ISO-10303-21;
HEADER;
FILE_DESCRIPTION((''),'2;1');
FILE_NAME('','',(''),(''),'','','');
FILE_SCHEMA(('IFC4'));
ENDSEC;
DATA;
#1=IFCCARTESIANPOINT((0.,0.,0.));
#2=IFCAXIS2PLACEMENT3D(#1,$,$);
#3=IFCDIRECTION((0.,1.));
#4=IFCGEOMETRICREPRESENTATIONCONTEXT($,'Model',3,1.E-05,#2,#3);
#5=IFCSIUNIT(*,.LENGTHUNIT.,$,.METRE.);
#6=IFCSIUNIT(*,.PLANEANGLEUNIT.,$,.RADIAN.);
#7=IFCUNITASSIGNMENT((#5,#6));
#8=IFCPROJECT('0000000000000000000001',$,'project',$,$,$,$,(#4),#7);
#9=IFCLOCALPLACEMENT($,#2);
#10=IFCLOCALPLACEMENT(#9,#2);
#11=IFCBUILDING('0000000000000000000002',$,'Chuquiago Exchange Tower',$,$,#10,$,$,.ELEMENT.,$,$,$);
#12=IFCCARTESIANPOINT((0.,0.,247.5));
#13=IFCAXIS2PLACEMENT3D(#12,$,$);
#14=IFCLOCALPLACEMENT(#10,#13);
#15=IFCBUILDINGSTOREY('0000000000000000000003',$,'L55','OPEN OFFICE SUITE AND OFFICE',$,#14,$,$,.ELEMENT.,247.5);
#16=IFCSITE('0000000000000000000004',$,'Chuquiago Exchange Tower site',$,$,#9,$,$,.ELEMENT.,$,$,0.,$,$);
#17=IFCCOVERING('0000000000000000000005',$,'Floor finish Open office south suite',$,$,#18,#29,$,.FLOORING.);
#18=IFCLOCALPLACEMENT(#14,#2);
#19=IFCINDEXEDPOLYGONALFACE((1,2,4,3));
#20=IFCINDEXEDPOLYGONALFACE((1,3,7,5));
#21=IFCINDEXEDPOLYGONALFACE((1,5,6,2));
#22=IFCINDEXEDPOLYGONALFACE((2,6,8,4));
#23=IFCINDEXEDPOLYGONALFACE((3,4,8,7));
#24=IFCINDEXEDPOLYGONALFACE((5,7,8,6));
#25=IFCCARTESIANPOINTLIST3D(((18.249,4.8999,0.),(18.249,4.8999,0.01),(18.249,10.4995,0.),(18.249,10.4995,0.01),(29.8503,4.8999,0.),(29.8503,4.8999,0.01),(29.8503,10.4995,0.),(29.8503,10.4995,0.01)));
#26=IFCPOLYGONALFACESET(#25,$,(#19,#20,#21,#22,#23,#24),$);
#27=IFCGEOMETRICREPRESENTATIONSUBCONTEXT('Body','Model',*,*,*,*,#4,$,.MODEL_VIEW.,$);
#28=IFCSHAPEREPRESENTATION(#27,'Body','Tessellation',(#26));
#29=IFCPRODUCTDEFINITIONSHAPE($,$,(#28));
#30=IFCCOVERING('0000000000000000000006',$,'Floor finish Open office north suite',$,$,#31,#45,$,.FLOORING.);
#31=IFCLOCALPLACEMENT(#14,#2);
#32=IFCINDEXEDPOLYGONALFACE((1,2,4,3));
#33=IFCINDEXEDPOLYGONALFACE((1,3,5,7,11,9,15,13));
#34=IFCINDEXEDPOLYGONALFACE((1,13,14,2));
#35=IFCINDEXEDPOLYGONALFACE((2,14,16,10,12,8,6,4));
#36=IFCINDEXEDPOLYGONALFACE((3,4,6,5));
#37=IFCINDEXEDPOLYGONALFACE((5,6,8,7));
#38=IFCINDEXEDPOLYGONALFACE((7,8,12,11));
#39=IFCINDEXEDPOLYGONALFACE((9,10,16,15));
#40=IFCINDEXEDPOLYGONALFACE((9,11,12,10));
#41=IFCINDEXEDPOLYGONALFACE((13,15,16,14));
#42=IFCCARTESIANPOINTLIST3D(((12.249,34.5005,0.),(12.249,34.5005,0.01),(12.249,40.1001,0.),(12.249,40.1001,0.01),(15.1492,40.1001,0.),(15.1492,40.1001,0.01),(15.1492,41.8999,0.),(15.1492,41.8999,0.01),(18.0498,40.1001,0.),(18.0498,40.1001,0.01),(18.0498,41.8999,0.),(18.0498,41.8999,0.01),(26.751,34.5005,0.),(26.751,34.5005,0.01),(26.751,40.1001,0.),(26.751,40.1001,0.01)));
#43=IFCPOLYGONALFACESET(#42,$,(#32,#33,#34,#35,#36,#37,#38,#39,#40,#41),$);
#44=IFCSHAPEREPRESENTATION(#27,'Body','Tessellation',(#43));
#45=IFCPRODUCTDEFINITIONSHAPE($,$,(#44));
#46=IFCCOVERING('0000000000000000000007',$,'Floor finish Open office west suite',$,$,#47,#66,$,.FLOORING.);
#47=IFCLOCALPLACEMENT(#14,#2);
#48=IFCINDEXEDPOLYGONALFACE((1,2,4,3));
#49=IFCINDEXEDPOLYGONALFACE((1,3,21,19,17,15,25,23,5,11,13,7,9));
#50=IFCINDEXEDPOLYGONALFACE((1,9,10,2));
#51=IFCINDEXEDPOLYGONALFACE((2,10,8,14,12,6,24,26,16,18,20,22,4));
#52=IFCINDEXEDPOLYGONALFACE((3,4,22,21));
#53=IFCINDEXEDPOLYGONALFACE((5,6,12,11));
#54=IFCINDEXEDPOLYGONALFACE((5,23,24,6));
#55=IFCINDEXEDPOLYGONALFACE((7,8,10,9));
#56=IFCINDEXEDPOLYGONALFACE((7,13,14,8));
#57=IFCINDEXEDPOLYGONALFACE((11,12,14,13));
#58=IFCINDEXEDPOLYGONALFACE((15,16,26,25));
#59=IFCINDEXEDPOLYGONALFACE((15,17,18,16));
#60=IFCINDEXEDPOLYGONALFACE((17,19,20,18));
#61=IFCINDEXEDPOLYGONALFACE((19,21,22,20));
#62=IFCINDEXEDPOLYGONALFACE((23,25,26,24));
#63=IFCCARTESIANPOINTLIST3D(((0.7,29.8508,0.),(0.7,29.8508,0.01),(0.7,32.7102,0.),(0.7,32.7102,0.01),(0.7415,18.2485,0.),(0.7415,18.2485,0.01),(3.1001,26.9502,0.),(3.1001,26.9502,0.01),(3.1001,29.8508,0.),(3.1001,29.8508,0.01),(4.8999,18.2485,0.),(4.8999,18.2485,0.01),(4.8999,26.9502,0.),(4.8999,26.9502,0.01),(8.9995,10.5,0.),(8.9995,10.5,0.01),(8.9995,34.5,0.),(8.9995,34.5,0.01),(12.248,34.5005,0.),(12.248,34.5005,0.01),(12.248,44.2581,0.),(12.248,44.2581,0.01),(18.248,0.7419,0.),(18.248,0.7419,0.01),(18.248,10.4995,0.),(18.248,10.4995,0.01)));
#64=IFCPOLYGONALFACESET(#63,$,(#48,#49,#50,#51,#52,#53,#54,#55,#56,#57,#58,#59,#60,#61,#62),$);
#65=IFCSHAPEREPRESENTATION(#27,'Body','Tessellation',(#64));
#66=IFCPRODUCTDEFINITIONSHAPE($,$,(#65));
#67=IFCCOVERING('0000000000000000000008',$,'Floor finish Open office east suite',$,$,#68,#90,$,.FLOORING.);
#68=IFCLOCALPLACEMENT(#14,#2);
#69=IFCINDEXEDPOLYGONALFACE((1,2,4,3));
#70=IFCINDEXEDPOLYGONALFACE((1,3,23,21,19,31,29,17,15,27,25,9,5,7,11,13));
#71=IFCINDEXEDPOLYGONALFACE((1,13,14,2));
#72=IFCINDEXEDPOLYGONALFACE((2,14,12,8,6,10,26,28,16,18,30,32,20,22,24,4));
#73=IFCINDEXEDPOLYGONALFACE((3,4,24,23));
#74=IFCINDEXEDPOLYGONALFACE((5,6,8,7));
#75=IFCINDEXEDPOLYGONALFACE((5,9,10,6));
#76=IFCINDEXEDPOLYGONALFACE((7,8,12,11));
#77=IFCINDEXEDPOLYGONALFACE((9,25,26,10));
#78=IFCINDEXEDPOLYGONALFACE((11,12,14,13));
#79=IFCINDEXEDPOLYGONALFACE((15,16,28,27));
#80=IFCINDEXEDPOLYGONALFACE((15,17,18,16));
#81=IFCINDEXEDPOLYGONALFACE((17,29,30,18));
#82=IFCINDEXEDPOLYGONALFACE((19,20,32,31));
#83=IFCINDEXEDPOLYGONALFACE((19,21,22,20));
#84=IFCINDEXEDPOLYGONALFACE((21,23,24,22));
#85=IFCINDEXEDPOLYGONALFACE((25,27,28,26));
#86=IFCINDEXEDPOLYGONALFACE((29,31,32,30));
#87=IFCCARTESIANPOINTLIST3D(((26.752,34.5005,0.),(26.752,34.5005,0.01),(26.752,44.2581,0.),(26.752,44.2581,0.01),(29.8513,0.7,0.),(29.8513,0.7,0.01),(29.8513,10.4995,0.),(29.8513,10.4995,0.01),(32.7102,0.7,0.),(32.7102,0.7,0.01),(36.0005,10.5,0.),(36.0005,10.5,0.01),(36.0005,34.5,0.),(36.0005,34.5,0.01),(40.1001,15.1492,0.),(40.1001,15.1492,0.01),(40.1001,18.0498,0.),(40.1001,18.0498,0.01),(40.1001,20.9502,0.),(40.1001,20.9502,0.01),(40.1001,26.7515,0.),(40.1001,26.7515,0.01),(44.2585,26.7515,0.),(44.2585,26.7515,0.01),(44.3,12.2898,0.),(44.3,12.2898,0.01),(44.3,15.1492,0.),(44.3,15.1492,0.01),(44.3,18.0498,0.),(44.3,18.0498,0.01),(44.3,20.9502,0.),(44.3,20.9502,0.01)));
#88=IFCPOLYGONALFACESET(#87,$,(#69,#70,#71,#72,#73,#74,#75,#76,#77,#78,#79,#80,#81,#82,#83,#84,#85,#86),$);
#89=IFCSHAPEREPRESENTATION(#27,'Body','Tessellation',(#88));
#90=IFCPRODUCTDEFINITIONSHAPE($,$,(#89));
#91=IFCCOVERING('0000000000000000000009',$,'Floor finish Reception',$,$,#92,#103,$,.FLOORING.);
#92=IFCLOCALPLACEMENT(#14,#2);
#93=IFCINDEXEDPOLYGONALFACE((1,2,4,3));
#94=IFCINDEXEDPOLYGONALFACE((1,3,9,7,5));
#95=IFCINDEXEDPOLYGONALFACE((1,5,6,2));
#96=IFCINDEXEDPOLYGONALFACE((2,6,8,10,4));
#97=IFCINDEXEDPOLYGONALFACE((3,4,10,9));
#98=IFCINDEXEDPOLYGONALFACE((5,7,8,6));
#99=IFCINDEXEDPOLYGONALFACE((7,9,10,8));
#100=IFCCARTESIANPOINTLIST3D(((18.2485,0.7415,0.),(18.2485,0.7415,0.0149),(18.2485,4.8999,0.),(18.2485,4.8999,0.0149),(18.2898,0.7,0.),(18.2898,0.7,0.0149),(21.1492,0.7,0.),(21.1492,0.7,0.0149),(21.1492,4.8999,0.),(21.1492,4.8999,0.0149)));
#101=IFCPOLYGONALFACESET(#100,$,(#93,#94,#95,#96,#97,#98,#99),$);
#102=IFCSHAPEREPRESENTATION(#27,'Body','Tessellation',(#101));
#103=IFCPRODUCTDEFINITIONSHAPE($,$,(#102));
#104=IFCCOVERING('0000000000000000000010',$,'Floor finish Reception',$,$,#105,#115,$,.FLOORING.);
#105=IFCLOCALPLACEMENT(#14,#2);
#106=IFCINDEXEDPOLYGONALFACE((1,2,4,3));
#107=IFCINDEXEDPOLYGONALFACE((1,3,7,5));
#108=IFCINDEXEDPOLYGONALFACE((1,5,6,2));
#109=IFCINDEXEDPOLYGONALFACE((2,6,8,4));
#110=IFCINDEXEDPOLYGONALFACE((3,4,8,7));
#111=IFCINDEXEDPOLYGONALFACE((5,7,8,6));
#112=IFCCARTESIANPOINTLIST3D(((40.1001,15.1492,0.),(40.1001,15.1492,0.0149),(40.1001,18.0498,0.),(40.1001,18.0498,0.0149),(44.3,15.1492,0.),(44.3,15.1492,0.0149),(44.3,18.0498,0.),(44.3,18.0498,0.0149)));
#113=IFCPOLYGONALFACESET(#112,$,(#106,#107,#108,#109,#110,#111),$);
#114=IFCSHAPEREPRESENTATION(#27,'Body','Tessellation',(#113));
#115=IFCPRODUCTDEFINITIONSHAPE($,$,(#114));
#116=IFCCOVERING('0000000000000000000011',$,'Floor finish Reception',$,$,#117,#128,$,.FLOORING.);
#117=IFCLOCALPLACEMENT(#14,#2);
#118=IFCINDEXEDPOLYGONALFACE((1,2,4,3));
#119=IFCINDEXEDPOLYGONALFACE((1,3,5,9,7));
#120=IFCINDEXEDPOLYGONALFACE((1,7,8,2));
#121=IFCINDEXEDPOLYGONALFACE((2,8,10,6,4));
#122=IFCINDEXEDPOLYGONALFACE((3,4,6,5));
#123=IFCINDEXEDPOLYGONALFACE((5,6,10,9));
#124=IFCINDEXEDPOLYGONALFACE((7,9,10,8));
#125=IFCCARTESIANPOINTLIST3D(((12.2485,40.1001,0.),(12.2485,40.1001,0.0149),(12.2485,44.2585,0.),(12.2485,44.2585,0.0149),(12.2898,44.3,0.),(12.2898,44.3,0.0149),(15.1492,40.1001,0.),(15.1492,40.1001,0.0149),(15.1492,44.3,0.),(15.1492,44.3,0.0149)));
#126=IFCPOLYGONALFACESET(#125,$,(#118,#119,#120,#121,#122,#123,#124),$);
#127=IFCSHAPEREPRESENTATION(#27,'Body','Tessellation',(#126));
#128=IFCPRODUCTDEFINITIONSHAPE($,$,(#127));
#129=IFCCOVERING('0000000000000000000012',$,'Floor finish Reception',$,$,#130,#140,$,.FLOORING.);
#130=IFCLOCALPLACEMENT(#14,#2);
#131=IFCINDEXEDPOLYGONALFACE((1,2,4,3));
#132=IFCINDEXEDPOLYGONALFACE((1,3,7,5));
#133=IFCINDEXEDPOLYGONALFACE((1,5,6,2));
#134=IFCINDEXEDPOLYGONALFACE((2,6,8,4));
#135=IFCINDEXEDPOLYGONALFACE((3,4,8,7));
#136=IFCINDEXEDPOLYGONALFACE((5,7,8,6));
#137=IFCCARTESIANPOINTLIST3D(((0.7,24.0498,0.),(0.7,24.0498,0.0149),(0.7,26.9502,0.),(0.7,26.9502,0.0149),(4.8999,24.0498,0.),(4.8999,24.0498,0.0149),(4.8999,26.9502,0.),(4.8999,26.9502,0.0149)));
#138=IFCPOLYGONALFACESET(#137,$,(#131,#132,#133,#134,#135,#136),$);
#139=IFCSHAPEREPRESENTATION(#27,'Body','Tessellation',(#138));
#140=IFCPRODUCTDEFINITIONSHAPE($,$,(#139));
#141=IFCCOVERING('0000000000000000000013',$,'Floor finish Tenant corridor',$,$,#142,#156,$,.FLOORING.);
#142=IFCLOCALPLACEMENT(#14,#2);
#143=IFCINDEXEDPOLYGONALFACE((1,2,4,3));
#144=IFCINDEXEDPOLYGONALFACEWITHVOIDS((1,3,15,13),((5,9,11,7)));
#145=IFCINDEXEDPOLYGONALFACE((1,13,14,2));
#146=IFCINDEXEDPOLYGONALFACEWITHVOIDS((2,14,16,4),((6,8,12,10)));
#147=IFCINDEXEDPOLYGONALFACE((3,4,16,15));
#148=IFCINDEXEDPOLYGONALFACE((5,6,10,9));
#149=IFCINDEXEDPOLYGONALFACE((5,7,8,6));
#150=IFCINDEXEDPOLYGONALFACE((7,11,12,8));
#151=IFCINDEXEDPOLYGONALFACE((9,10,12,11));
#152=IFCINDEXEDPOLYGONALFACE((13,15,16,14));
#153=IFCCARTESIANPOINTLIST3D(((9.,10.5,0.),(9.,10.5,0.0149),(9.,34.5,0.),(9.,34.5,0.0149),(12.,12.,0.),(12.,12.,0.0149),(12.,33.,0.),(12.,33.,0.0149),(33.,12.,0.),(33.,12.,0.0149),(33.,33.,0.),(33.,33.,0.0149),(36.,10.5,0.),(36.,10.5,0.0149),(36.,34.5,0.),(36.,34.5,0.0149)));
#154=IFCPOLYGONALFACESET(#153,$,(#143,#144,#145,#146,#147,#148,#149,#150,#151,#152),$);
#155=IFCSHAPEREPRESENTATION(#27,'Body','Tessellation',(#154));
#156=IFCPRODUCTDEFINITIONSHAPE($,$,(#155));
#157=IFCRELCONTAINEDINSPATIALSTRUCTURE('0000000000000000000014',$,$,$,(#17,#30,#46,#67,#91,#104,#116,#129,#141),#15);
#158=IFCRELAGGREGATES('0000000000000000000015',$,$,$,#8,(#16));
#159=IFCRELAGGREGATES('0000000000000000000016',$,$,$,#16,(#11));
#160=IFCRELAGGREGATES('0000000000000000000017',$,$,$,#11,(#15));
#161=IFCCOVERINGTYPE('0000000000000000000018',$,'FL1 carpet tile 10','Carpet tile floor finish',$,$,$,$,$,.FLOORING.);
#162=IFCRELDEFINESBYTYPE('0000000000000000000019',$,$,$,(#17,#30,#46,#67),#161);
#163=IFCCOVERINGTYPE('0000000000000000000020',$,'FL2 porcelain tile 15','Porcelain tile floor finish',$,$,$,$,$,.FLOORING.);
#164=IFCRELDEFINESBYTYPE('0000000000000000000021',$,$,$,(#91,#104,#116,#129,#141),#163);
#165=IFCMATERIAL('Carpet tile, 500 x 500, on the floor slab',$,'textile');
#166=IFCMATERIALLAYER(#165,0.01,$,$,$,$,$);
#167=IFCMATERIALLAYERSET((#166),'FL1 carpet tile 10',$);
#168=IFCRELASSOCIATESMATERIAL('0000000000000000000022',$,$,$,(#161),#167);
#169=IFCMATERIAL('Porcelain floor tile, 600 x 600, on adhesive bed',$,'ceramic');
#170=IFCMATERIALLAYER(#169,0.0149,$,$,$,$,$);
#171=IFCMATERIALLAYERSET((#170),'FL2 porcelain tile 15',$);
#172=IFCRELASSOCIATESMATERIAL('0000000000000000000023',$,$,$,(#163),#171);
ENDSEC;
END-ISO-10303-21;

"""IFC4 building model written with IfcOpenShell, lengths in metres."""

from ifc_helpers import new_model, si_unit, direction, frame, origin, place, context, subcontext, project, spatial, polyline, outline, extrude, material, layer, layer_set, type_object, element, save


model = new_model("IFC4")

# Units and contexts
model_context = context("Model", 3, precision=1e-05, world=origin(), true_north=direction((0.0, 1.0)))
body_context = subcontext(model_context, "Body", "Model", "MODEL_VIEW")
ifc_project = project(units=[si_unit("LENGTHUNIT", "METRE"), si_unit("PLANEANGLEUNIT", "RADIAN")], contexts=[model_context])

# Site, building, storey
site_placement = place(None, origin())
site = spatial("IfcSite", under=ifc_project, at=site_placement, Name="Chuquiago Exchange Tower site", CompositionType="ELEMENT", RefElevation=0.0)
building_placement = place(site_placement, origin())
building = spatial("IfcBuilding", under=site, at=building_placement, Name="Chuquiago Exchange Tower", CompositionType="ELEMENT")
storey_placement = place(building_placement, frame((0.0, 0.0, 247.5)))
storey = spatial("IfcBuildingStorey", under=building, at=storey_placement, Name="L55", Description="OPEN OFFICE SUITE AND OFFICE", CompositionType="ELEMENT", Elevation=247.5)

# Coverings
ifc_material_1 = material(Name="Carpet tile, 500 x 500, on the floor slab", Category="textile")
ifc_layer_1 = layer(ifc_material_1, 0.01)
ifc_layer_set_1 = layer_set([ifc_layer_1], Name="FL1 carpet tile 10")
covering_type_1 = type_object("IfcCoveringType", Name="FL1 carpet tile 10", Description="Carpet tile floor finish", PredefinedType="FLOORING", material=ifc_layer_set_1)
covering_1_placement = place(storey_placement, origin())
element("IfcCovering", 1, at=covering_1_placement, inside=storey, type_object=covering_type_1, Name="Floor finish Open office south suite", PredefinedType="FLOORING", context=body_context, shape_type="SweptSolid", body=[
    extrude(outline(polyline([(29.8503, 4.8999), (18.249, 4.8999), (18.249, 10.4995), (29.8503, 10.4995), (29.8503, 4.8999)])), origin(), (0.0, 0.0, 1.0), 0.01),
])
covering_2_placement = place(storey_placement, origin())
element("IfcCovering", 2, at=covering_2_placement, inside=storey, type_object=covering_type_1, Name="Floor finish Open office north suite", PredefinedType="FLOORING", context=body_context, shape_type="SweptSolid", body=[
    extrude(outline(polyline([(15.1492, 40.1001), (15.1492, 41.8999), (18.0498, 41.8999), (18.0498, 40.1001), (26.751, 40.1001), (26.751, 34.5005), (12.249, 34.5005), (12.249, 40.1001), (15.1492, 40.1001)])), origin(), (0.0, 0.0, 1.0), 0.01),
])
covering_3_placement = place(storey_placement, origin())
element("IfcCovering", 3, at=covering_3_placement, inside=storey, type_object=covering_type_1, Name="Floor finish Open office west suite", PredefinedType="FLOORING", context=body_context, shape_type="SweptSolid", body=[
    extrude(outline(polyline([(0.7415, 18.2485), (4.8999, 18.2485), (4.8999, 26.9502), (3.1001, 26.9502), (3.1001, 29.8508), (0.7, 29.8508), (0.7, 32.7102), (12.248, 44.2581), (12.248, 34.5005), (8.9995, 34.5), (8.9995, 10.5), (18.248, 10.4995), (18.248, 0.7419), (0.7415, 18.2485)])), origin(), (0.0, 0.0, 1.0), 0.01),
])
covering_4_placement = place(storey_placement, origin())
element("IfcCovering", 4, at=covering_4_placement, inside=storey, type_object=covering_type_1, Name="Floor finish Open office east suite", PredefinedType="FLOORING", context=body_context, shape_type="SweptSolid", body=[
    extrude(outline(polyline([(44.2585, 26.7515), (40.1001, 26.7515), (40.1001, 20.9502), (44.3, 20.9502), (44.3, 18.0498), (40.1001, 18.0498), (40.1001, 15.1492), (44.3, 15.1492), (44.3, 12.2898), (32.7102, 0.7), (29.8513, 0.7), (29.8513, 10.4995), (36.0005, 10.5), (36.0005, 34.5), (26.752, 34.5005), (26.752, 44.2581), (44.2585, 26.7515)])), origin(), (0.0, 0.0, 1.0), 0.01),
])
ifc_material_2 = material(Name="Porcelain floor tile, 600 x 600, on adhesive bed", Category="ceramic")
ifc_layer_2 = layer(ifc_material_2, 0.0149)
ifc_layer_set_2 = layer_set([ifc_layer_2], Name="FL2 porcelain tile 15")
covering_type_2 = type_object("IfcCoveringType", Name="FL2 porcelain tile 15", Description="Porcelain tile floor finish", PredefinedType="FLOORING", material=ifc_layer_set_2)
covering_5_placement = place(storey_placement, origin())
element("IfcCovering", 5, at=covering_5_placement, inside=storey, type_object=covering_type_2, Name="Floor finish Reception", PredefinedType="FLOORING", context=body_context, shape_type="SweptSolid", body=[
    extrude(outline(polyline([(18.2898, 0.7), (18.2485, 0.7415), (18.2485, 4.8999), (21.1492, 4.8999), (21.1492, 0.7), (18.2898, 0.7)])), origin(), (0.0, 0.0, 1.0), 0.0149),
])
covering_6_placement = place(storey_placement, origin())
element("IfcCovering", 6, at=covering_6_placement, inside=storey, type_object=covering_type_2, Name="Floor finish Reception", PredefinedType="FLOORING", context=body_context, shape_type="SweptSolid", body=[
    extrude(outline(polyline([(44.3, 15.1492), (40.1001, 15.1492), (40.1001, 18.0498), (44.3, 18.0498), (44.3, 15.1492)])), origin(), (0.0, 0.0, 1.0), 0.0149),
])
covering_7_placement = place(storey_placement, origin())
element("IfcCovering", 7, at=covering_7_placement, inside=storey, type_object=covering_type_2, Name="Floor finish Reception", PredefinedType="FLOORING", context=body_context, shape_type="SweptSolid", body=[
    extrude(outline(polyline([(12.2898, 44.3), (15.1492, 44.3), (15.1492, 40.1001), (12.2485, 40.1001), (12.2485, 44.2585), (12.2898, 44.3)])), origin(), (0.0, 0.0, 1.0), 0.0149),
])
covering_8_placement = place(storey_placement, origin())
element("IfcCovering", 8, at=covering_8_placement, inside=storey, type_object=covering_type_2, Name="Floor finish Reception", PredefinedType="FLOORING", context=body_context, shape_type="SweptSolid", body=[
    extrude(outline(polyline([(0.7, 26.9502), (4.8999, 26.9502), (4.8999, 24.0498), (0.7, 24.0498), (0.7, 26.9502)])), origin(), (0.0, 0.0, 1.0), 0.0149),
])
covering_9_placement = place(storey_placement, origin())
element("IfcCovering", 9, at=covering_9_placement, inside=storey, type_object=covering_type_2, Name="Floor finish Tenant corridor", PredefinedType="FLOORING", context=body_context, shape_type="SweptSolid", body=[
    extrude(outline(polyline([(9.0, 10.5), (9.0, 34.5), (36.0, 34.5), (36.0, 10.5), (9.0, 10.5)]), holes=[polyline([(12.0, 33.0), (12.0, 12.0), (33.0, 12.0), (33.0, 33.0), (12.0, 33.0)])]), origin(), (0.0, 0.0, 1.0), 0.0149),
])

save(model, "model.ifc")
